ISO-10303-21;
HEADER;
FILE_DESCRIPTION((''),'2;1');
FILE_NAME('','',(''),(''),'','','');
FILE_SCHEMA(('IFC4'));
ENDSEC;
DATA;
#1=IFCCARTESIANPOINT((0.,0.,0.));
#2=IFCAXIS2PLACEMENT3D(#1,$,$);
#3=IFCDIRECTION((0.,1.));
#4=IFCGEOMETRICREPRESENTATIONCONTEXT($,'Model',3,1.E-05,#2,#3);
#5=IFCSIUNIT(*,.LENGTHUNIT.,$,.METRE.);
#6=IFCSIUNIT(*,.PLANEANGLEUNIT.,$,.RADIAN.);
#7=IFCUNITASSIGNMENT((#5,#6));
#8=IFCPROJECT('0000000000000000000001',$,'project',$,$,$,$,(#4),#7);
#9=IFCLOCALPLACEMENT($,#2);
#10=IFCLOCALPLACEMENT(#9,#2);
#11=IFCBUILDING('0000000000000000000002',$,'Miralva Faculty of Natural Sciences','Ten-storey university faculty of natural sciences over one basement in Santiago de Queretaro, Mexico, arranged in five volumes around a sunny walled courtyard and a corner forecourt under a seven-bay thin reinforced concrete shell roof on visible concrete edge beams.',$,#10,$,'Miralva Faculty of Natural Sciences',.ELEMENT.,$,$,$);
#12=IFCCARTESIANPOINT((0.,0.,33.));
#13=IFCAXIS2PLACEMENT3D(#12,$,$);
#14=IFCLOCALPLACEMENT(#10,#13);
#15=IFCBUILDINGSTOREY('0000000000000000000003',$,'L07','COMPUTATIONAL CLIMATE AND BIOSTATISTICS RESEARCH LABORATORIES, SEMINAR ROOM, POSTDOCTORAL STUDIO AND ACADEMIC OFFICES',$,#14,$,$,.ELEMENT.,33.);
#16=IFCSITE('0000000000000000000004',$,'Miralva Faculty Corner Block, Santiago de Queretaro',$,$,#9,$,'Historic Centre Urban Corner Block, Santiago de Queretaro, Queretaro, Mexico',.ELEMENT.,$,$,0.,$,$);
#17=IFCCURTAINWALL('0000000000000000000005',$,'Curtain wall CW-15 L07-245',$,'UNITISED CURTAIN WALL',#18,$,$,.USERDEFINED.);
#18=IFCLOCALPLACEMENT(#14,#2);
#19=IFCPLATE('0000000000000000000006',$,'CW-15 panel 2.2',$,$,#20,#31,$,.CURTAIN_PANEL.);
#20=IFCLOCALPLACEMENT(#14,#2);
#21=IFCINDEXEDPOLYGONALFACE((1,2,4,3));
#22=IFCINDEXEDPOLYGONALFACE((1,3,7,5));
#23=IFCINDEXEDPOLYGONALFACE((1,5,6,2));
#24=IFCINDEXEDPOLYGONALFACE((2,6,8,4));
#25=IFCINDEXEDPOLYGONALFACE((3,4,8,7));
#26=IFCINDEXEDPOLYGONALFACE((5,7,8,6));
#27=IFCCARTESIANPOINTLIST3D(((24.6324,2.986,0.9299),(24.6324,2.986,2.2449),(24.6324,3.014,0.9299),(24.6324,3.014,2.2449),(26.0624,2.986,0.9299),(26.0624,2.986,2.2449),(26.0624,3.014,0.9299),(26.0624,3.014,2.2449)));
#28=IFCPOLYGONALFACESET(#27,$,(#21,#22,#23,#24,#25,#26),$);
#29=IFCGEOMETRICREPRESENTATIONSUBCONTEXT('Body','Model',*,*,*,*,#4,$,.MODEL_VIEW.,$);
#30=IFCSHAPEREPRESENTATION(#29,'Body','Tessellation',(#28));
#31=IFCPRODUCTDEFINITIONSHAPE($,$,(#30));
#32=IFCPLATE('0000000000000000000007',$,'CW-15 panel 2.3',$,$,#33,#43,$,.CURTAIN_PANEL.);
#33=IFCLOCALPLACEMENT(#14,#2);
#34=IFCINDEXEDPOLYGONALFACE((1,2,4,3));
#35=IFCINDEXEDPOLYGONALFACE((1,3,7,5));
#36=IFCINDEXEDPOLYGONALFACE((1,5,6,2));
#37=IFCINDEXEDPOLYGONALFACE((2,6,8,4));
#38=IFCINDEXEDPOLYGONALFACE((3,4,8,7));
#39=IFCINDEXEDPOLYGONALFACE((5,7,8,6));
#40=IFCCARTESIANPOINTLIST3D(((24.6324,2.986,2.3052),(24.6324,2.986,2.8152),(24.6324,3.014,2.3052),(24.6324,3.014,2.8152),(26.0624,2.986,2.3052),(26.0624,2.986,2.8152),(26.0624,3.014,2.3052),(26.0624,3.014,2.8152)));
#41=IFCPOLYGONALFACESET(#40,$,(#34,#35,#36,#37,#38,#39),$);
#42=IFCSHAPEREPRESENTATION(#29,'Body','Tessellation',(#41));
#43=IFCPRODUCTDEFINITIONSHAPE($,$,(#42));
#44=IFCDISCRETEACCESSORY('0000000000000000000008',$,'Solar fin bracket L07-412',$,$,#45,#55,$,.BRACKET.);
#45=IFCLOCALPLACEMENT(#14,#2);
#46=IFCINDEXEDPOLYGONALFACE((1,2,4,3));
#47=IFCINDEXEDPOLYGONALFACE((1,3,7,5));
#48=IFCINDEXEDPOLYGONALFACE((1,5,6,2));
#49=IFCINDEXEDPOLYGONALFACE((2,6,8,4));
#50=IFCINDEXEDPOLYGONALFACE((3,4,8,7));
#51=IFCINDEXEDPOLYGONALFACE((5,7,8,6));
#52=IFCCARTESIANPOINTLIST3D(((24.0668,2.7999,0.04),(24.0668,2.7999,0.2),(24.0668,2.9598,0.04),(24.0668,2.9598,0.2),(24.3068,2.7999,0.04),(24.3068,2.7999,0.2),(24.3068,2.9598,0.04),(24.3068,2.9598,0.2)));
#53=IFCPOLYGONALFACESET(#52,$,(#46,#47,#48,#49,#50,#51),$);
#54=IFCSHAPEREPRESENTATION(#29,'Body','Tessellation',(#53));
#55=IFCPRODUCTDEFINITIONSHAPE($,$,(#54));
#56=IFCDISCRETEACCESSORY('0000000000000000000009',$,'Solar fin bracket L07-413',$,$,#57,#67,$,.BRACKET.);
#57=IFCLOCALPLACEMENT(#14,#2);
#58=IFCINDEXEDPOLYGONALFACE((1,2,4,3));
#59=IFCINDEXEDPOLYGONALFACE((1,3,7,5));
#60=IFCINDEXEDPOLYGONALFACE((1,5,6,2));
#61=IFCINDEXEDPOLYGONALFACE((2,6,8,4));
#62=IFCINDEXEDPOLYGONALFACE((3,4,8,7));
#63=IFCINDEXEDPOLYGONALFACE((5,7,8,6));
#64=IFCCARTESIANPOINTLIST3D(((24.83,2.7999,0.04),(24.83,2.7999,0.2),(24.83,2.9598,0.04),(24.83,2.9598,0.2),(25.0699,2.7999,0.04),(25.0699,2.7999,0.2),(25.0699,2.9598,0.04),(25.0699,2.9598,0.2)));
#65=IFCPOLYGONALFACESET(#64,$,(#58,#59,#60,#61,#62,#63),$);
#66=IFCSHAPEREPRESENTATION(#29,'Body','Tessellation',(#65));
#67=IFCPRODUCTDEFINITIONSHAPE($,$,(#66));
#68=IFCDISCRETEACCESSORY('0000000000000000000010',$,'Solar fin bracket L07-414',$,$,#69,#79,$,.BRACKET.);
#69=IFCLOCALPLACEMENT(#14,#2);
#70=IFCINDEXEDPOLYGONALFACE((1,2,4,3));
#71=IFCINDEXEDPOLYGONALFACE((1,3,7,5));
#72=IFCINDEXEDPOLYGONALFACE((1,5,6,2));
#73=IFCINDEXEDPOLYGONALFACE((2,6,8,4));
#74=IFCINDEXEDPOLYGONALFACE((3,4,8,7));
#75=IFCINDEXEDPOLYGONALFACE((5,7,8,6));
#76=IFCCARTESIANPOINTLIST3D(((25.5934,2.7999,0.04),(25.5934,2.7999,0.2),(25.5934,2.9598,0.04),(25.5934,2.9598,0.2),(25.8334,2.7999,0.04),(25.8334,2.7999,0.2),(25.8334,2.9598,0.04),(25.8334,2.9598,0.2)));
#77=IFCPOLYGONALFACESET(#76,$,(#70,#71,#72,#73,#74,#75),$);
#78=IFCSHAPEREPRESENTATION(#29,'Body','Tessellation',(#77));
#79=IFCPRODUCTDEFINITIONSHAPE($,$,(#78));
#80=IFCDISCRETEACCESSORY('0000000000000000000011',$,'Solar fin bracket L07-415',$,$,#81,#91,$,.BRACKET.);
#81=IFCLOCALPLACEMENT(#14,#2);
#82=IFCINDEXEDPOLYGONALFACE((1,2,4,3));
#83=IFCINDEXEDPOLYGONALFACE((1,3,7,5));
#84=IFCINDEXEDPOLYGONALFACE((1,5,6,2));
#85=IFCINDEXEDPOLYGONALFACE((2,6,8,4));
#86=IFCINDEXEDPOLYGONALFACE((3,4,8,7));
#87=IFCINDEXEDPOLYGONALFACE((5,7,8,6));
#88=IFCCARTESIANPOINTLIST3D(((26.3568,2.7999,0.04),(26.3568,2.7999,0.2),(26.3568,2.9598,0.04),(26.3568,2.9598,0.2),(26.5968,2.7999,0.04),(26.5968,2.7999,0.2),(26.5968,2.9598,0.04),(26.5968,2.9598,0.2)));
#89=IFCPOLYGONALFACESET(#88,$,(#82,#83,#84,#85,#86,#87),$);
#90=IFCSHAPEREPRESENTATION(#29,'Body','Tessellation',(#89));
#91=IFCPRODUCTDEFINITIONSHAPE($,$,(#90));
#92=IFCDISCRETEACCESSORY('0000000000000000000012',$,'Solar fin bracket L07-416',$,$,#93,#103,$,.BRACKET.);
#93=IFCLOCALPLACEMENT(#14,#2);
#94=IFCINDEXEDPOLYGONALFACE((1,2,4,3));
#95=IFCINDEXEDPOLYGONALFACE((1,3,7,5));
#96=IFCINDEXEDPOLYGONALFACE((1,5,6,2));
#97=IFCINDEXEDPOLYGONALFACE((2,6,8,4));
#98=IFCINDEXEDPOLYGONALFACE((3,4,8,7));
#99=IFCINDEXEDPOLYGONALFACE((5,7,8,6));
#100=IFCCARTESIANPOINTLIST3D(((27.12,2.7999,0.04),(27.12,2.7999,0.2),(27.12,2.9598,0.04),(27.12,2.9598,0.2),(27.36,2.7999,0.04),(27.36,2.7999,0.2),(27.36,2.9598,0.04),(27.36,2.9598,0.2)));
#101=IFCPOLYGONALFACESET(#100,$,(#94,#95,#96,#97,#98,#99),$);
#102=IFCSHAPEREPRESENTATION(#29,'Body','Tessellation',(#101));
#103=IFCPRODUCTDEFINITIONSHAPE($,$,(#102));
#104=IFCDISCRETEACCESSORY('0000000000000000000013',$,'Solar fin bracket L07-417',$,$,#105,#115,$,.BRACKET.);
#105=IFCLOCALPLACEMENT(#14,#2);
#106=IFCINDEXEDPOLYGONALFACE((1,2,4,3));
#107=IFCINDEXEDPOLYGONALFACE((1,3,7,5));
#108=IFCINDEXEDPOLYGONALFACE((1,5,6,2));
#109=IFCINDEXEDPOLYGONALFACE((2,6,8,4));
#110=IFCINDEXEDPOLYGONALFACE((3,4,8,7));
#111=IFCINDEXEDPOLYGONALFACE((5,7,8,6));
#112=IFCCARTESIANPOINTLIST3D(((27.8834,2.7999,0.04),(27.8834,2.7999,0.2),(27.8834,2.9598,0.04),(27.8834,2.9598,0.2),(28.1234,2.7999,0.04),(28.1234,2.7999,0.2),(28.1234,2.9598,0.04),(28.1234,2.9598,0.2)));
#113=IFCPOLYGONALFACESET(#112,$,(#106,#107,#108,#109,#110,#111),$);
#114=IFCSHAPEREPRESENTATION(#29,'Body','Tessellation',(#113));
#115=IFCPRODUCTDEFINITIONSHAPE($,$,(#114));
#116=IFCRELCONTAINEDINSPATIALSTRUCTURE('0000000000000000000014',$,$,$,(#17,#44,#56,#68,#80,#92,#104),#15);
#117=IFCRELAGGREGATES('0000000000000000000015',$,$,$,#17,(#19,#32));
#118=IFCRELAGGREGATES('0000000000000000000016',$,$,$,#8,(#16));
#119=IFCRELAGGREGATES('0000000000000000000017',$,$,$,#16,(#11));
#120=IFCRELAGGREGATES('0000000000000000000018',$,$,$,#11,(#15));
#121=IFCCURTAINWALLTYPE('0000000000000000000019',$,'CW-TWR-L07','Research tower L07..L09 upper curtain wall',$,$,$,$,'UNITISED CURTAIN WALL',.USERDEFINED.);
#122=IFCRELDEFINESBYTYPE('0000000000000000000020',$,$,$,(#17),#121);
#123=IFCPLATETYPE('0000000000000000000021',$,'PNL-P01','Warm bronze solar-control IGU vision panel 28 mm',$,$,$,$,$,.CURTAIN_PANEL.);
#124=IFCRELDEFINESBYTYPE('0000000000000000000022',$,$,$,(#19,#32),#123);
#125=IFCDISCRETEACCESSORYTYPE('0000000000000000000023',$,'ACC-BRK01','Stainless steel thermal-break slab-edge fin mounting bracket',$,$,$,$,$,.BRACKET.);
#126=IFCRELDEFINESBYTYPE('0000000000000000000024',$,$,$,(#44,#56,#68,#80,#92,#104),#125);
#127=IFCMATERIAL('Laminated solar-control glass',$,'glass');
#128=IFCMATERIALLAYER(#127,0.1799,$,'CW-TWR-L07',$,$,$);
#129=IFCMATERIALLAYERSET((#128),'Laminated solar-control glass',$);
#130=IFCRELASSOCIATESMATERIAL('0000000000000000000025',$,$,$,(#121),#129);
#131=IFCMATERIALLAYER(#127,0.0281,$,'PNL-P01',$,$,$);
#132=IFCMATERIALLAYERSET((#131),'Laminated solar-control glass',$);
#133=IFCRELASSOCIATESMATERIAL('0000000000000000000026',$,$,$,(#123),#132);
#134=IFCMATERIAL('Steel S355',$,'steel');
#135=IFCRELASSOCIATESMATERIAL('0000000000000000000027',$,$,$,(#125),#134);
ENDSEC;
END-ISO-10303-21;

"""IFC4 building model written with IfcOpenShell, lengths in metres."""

from ifc_helpers import new_model, si_unit, direction, frame, origin, origin_2d, place, context, subcontext, project, spatial, rectangle, extrude, material, layer, layer_set, type_object, element, aggregate, save


model = new_model("IFC4")

# Units and contexts
model_context = context("Model", 3, precision=1e-05, world=origin(), true_north=direction((0.0, 1.0)))
body_context = subcontext(model_context, "Body", "Model", "MODEL_VIEW")
ifc_project = project(units=[si_unit("LENGTHUNIT", "METRE"), si_unit("PLANEANGLEUNIT", "RADIAN")], contexts=[model_context])

# Site, building, storey
site_placement = place(None, origin())
site = spatial("IfcSite", under=ifc_project, at=site_placement, Name="Miralva Faculty Corner Block, Santiago de Queretaro", LongName="Historic Centre Urban Corner Block, Santiago de Queretaro, Queretaro, Mexico", CompositionType="ELEMENT", RefElevation=0.0)
building_placement = place(site_placement, origin())
building = spatial("IfcBuilding", under=site, at=building_placement, Name="Miralva Faculty of Natural Sciences", Description="Ten-storey university faculty of natural sciences over one basement in Santiago de Queretaro, Mexico, arranged in five volumes around a sunny walled courtyard and a corner forecourt under a seven-bay thin reinforced concrete shell roof on visible concrete edge beams.", LongName="Miralva Faculty of Natural Sciences", CompositionType="ELEMENT")
storey_placement = place(building_placement, frame((0.0, 0.0, 33.0)))
storey = spatial("IfcBuildingStorey", under=building, at=storey_placement, Name="L07", Description="COMPUTATIONAL CLIMATE AND BIOSTATISTICS RESEARCH LABORATORIES, SEMINAR ROOM, POSTDOCTORAL STUDIO AND ACADEMIC OFFICES", CompositionType="ELEMENT", Elevation=33.0)

# Curtain wall
ifc_material_1 = material(Name="Laminated solar-control glass", Category="glass")
ifc_layer_1 = layer(ifc_material_1, 0.1799, Name="CW-TWR-L07")
ifc_layer_set_1 = layer_set([ifc_layer_1], Name="Laminated solar-control glass")
curtain_wall_type = type_object("IfcCurtainWallType", Name="CW-TWR-L07", Description="Research tower L07..L09 upper curtain wall", ElementType="UNITISED CURTAIN WALL", PredefinedType="USERDEFINED", material=ifc_layer_set_1)
curtain_wall_placement = place(storey_placement, origin())
curtain_wall = element("IfcCurtainWall", 1, at=curtain_wall_placement, inside=storey, type_object=curtain_wall_type, Name="Curtain wall CW-15 L07-245", ObjectType="UNITISED CURTAIN WALL", PredefinedType="USERDEFINED")

# Plates
ifc_layer_2 = layer(ifc_material_1, 0.0281, Name="PNL-P01")
ifc_layer_set_2 = layer_set([ifc_layer_2], Name="Laminated solar-control glass")
plate_type = type_object("IfcPlateType", Name="PNL-P01", Description="Warm bronze solar-control IGU vision panel 28 mm", PredefinedType="CURTAIN_PANEL", material=ifc_layer_set_2)
plate_1_placement = place(storey_placement, frame((25.3474, 3.0, 0.9299), z_axis=(0.0, 0.0, 1.0), x_axis=(1.0, 0.0, 0.0)))
plate_1 = element("IfcPlate", 2, at=plate_1_placement, type_object=plate_type, Name="CW-15 panel 2.2", PredefinedType="CURTAIN_PANEL", context=body_context, shape_type="SweptSolid", body=[
    extrude(rectangle(XDim=1.4299, YDim=0.0281, at=origin_2d()), origin(), (0.0, 0.0, 1.0), 1.3149),
])
plate_2_placement = place(storey_placement, frame((25.3474, 3.0, 2.3052), z_axis=(0.0, 0.0, 1.0), x_axis=(1.0, 0.0, 0.0)))
plate_2 = element("IfcPlate", 3, at=plate_2_placement, type_object=plate_type, Name="CW-15 panel 2.3", PredefinedType="CURTAIN_PANEL", context=body_context, shape_type="SweptSolid", body=[
    extrude(rectangle(XDim=1.4299, YDim=0.0281, at=origin_2d()), origin(), (0.0, 0.0, 1.0), 0.51),
])
aggregate(curtain_wall, [plate_1, plate_2])

# Discrete accessories
ifc_material_2 = material(Name="Steel S355", Category="steel")
discrete_accessory_type = type_object("IfcDiscreteAccessoryType", Name="ACC-BRK01", Description="Stainless steel thermal-break slab-edge fin mounting bracket", PredefinedType="BRACKET", material=ifc_material_2)
for number, where, z_axis, x_axis, name in (
    (4, (24.1868, 2.8799, 0.04), (0.0, 0.0, 1.0), (0.0, -1.0, 0.0), "Solar fin bracket L07-412"),
    (5, (24.95, 2.8799, 0.04), (0.0, 0.0, 1.0), (0.0, -1.0, 0.0), "Solar fin bracket L07-413"),
    (6, (25.7134, 2.8799, 0.04), (0.0, 0.0, 1.0), (0.0, -1.0, 0.0), "Solar fin bracket L07-414"),
    (7, (26.4768, 2.8799, 0.04), (0.0, 0.0, 1.0), (0.0, -1.0, 0.0), "Solar fin bracket L07-415"),
    (8, (27.24, 2.8799, 0.04), (0.0, 0.0, 1.0), (0.0, -1.0, 0.0), "Solar fin bracket L07-416"),
    (9, (28.0034, 2.8799, 0.04), (0.0, 0.0, 1.0), (0.0, -1.0, 0.0), "Solar fin bracket L07-417"),
):
    element("IfcDiscreteAccessory", number, at=place(storey_placement, frame(where, z_axis=z_axis, x_axis=x_axis)), inside=storey, type_object=discrete_accessory_type, Name=name, PredefinedType="BRACKET", context=body_context, shape_type="SweptSolid", body=[
        extrude(rectangle(XDim=0.1599, YDim=0.24, at=origin_2d()), origin(), (0.0, 0.0, 1.0), 0.1599),
    ])

save(model, "model.ifc")
